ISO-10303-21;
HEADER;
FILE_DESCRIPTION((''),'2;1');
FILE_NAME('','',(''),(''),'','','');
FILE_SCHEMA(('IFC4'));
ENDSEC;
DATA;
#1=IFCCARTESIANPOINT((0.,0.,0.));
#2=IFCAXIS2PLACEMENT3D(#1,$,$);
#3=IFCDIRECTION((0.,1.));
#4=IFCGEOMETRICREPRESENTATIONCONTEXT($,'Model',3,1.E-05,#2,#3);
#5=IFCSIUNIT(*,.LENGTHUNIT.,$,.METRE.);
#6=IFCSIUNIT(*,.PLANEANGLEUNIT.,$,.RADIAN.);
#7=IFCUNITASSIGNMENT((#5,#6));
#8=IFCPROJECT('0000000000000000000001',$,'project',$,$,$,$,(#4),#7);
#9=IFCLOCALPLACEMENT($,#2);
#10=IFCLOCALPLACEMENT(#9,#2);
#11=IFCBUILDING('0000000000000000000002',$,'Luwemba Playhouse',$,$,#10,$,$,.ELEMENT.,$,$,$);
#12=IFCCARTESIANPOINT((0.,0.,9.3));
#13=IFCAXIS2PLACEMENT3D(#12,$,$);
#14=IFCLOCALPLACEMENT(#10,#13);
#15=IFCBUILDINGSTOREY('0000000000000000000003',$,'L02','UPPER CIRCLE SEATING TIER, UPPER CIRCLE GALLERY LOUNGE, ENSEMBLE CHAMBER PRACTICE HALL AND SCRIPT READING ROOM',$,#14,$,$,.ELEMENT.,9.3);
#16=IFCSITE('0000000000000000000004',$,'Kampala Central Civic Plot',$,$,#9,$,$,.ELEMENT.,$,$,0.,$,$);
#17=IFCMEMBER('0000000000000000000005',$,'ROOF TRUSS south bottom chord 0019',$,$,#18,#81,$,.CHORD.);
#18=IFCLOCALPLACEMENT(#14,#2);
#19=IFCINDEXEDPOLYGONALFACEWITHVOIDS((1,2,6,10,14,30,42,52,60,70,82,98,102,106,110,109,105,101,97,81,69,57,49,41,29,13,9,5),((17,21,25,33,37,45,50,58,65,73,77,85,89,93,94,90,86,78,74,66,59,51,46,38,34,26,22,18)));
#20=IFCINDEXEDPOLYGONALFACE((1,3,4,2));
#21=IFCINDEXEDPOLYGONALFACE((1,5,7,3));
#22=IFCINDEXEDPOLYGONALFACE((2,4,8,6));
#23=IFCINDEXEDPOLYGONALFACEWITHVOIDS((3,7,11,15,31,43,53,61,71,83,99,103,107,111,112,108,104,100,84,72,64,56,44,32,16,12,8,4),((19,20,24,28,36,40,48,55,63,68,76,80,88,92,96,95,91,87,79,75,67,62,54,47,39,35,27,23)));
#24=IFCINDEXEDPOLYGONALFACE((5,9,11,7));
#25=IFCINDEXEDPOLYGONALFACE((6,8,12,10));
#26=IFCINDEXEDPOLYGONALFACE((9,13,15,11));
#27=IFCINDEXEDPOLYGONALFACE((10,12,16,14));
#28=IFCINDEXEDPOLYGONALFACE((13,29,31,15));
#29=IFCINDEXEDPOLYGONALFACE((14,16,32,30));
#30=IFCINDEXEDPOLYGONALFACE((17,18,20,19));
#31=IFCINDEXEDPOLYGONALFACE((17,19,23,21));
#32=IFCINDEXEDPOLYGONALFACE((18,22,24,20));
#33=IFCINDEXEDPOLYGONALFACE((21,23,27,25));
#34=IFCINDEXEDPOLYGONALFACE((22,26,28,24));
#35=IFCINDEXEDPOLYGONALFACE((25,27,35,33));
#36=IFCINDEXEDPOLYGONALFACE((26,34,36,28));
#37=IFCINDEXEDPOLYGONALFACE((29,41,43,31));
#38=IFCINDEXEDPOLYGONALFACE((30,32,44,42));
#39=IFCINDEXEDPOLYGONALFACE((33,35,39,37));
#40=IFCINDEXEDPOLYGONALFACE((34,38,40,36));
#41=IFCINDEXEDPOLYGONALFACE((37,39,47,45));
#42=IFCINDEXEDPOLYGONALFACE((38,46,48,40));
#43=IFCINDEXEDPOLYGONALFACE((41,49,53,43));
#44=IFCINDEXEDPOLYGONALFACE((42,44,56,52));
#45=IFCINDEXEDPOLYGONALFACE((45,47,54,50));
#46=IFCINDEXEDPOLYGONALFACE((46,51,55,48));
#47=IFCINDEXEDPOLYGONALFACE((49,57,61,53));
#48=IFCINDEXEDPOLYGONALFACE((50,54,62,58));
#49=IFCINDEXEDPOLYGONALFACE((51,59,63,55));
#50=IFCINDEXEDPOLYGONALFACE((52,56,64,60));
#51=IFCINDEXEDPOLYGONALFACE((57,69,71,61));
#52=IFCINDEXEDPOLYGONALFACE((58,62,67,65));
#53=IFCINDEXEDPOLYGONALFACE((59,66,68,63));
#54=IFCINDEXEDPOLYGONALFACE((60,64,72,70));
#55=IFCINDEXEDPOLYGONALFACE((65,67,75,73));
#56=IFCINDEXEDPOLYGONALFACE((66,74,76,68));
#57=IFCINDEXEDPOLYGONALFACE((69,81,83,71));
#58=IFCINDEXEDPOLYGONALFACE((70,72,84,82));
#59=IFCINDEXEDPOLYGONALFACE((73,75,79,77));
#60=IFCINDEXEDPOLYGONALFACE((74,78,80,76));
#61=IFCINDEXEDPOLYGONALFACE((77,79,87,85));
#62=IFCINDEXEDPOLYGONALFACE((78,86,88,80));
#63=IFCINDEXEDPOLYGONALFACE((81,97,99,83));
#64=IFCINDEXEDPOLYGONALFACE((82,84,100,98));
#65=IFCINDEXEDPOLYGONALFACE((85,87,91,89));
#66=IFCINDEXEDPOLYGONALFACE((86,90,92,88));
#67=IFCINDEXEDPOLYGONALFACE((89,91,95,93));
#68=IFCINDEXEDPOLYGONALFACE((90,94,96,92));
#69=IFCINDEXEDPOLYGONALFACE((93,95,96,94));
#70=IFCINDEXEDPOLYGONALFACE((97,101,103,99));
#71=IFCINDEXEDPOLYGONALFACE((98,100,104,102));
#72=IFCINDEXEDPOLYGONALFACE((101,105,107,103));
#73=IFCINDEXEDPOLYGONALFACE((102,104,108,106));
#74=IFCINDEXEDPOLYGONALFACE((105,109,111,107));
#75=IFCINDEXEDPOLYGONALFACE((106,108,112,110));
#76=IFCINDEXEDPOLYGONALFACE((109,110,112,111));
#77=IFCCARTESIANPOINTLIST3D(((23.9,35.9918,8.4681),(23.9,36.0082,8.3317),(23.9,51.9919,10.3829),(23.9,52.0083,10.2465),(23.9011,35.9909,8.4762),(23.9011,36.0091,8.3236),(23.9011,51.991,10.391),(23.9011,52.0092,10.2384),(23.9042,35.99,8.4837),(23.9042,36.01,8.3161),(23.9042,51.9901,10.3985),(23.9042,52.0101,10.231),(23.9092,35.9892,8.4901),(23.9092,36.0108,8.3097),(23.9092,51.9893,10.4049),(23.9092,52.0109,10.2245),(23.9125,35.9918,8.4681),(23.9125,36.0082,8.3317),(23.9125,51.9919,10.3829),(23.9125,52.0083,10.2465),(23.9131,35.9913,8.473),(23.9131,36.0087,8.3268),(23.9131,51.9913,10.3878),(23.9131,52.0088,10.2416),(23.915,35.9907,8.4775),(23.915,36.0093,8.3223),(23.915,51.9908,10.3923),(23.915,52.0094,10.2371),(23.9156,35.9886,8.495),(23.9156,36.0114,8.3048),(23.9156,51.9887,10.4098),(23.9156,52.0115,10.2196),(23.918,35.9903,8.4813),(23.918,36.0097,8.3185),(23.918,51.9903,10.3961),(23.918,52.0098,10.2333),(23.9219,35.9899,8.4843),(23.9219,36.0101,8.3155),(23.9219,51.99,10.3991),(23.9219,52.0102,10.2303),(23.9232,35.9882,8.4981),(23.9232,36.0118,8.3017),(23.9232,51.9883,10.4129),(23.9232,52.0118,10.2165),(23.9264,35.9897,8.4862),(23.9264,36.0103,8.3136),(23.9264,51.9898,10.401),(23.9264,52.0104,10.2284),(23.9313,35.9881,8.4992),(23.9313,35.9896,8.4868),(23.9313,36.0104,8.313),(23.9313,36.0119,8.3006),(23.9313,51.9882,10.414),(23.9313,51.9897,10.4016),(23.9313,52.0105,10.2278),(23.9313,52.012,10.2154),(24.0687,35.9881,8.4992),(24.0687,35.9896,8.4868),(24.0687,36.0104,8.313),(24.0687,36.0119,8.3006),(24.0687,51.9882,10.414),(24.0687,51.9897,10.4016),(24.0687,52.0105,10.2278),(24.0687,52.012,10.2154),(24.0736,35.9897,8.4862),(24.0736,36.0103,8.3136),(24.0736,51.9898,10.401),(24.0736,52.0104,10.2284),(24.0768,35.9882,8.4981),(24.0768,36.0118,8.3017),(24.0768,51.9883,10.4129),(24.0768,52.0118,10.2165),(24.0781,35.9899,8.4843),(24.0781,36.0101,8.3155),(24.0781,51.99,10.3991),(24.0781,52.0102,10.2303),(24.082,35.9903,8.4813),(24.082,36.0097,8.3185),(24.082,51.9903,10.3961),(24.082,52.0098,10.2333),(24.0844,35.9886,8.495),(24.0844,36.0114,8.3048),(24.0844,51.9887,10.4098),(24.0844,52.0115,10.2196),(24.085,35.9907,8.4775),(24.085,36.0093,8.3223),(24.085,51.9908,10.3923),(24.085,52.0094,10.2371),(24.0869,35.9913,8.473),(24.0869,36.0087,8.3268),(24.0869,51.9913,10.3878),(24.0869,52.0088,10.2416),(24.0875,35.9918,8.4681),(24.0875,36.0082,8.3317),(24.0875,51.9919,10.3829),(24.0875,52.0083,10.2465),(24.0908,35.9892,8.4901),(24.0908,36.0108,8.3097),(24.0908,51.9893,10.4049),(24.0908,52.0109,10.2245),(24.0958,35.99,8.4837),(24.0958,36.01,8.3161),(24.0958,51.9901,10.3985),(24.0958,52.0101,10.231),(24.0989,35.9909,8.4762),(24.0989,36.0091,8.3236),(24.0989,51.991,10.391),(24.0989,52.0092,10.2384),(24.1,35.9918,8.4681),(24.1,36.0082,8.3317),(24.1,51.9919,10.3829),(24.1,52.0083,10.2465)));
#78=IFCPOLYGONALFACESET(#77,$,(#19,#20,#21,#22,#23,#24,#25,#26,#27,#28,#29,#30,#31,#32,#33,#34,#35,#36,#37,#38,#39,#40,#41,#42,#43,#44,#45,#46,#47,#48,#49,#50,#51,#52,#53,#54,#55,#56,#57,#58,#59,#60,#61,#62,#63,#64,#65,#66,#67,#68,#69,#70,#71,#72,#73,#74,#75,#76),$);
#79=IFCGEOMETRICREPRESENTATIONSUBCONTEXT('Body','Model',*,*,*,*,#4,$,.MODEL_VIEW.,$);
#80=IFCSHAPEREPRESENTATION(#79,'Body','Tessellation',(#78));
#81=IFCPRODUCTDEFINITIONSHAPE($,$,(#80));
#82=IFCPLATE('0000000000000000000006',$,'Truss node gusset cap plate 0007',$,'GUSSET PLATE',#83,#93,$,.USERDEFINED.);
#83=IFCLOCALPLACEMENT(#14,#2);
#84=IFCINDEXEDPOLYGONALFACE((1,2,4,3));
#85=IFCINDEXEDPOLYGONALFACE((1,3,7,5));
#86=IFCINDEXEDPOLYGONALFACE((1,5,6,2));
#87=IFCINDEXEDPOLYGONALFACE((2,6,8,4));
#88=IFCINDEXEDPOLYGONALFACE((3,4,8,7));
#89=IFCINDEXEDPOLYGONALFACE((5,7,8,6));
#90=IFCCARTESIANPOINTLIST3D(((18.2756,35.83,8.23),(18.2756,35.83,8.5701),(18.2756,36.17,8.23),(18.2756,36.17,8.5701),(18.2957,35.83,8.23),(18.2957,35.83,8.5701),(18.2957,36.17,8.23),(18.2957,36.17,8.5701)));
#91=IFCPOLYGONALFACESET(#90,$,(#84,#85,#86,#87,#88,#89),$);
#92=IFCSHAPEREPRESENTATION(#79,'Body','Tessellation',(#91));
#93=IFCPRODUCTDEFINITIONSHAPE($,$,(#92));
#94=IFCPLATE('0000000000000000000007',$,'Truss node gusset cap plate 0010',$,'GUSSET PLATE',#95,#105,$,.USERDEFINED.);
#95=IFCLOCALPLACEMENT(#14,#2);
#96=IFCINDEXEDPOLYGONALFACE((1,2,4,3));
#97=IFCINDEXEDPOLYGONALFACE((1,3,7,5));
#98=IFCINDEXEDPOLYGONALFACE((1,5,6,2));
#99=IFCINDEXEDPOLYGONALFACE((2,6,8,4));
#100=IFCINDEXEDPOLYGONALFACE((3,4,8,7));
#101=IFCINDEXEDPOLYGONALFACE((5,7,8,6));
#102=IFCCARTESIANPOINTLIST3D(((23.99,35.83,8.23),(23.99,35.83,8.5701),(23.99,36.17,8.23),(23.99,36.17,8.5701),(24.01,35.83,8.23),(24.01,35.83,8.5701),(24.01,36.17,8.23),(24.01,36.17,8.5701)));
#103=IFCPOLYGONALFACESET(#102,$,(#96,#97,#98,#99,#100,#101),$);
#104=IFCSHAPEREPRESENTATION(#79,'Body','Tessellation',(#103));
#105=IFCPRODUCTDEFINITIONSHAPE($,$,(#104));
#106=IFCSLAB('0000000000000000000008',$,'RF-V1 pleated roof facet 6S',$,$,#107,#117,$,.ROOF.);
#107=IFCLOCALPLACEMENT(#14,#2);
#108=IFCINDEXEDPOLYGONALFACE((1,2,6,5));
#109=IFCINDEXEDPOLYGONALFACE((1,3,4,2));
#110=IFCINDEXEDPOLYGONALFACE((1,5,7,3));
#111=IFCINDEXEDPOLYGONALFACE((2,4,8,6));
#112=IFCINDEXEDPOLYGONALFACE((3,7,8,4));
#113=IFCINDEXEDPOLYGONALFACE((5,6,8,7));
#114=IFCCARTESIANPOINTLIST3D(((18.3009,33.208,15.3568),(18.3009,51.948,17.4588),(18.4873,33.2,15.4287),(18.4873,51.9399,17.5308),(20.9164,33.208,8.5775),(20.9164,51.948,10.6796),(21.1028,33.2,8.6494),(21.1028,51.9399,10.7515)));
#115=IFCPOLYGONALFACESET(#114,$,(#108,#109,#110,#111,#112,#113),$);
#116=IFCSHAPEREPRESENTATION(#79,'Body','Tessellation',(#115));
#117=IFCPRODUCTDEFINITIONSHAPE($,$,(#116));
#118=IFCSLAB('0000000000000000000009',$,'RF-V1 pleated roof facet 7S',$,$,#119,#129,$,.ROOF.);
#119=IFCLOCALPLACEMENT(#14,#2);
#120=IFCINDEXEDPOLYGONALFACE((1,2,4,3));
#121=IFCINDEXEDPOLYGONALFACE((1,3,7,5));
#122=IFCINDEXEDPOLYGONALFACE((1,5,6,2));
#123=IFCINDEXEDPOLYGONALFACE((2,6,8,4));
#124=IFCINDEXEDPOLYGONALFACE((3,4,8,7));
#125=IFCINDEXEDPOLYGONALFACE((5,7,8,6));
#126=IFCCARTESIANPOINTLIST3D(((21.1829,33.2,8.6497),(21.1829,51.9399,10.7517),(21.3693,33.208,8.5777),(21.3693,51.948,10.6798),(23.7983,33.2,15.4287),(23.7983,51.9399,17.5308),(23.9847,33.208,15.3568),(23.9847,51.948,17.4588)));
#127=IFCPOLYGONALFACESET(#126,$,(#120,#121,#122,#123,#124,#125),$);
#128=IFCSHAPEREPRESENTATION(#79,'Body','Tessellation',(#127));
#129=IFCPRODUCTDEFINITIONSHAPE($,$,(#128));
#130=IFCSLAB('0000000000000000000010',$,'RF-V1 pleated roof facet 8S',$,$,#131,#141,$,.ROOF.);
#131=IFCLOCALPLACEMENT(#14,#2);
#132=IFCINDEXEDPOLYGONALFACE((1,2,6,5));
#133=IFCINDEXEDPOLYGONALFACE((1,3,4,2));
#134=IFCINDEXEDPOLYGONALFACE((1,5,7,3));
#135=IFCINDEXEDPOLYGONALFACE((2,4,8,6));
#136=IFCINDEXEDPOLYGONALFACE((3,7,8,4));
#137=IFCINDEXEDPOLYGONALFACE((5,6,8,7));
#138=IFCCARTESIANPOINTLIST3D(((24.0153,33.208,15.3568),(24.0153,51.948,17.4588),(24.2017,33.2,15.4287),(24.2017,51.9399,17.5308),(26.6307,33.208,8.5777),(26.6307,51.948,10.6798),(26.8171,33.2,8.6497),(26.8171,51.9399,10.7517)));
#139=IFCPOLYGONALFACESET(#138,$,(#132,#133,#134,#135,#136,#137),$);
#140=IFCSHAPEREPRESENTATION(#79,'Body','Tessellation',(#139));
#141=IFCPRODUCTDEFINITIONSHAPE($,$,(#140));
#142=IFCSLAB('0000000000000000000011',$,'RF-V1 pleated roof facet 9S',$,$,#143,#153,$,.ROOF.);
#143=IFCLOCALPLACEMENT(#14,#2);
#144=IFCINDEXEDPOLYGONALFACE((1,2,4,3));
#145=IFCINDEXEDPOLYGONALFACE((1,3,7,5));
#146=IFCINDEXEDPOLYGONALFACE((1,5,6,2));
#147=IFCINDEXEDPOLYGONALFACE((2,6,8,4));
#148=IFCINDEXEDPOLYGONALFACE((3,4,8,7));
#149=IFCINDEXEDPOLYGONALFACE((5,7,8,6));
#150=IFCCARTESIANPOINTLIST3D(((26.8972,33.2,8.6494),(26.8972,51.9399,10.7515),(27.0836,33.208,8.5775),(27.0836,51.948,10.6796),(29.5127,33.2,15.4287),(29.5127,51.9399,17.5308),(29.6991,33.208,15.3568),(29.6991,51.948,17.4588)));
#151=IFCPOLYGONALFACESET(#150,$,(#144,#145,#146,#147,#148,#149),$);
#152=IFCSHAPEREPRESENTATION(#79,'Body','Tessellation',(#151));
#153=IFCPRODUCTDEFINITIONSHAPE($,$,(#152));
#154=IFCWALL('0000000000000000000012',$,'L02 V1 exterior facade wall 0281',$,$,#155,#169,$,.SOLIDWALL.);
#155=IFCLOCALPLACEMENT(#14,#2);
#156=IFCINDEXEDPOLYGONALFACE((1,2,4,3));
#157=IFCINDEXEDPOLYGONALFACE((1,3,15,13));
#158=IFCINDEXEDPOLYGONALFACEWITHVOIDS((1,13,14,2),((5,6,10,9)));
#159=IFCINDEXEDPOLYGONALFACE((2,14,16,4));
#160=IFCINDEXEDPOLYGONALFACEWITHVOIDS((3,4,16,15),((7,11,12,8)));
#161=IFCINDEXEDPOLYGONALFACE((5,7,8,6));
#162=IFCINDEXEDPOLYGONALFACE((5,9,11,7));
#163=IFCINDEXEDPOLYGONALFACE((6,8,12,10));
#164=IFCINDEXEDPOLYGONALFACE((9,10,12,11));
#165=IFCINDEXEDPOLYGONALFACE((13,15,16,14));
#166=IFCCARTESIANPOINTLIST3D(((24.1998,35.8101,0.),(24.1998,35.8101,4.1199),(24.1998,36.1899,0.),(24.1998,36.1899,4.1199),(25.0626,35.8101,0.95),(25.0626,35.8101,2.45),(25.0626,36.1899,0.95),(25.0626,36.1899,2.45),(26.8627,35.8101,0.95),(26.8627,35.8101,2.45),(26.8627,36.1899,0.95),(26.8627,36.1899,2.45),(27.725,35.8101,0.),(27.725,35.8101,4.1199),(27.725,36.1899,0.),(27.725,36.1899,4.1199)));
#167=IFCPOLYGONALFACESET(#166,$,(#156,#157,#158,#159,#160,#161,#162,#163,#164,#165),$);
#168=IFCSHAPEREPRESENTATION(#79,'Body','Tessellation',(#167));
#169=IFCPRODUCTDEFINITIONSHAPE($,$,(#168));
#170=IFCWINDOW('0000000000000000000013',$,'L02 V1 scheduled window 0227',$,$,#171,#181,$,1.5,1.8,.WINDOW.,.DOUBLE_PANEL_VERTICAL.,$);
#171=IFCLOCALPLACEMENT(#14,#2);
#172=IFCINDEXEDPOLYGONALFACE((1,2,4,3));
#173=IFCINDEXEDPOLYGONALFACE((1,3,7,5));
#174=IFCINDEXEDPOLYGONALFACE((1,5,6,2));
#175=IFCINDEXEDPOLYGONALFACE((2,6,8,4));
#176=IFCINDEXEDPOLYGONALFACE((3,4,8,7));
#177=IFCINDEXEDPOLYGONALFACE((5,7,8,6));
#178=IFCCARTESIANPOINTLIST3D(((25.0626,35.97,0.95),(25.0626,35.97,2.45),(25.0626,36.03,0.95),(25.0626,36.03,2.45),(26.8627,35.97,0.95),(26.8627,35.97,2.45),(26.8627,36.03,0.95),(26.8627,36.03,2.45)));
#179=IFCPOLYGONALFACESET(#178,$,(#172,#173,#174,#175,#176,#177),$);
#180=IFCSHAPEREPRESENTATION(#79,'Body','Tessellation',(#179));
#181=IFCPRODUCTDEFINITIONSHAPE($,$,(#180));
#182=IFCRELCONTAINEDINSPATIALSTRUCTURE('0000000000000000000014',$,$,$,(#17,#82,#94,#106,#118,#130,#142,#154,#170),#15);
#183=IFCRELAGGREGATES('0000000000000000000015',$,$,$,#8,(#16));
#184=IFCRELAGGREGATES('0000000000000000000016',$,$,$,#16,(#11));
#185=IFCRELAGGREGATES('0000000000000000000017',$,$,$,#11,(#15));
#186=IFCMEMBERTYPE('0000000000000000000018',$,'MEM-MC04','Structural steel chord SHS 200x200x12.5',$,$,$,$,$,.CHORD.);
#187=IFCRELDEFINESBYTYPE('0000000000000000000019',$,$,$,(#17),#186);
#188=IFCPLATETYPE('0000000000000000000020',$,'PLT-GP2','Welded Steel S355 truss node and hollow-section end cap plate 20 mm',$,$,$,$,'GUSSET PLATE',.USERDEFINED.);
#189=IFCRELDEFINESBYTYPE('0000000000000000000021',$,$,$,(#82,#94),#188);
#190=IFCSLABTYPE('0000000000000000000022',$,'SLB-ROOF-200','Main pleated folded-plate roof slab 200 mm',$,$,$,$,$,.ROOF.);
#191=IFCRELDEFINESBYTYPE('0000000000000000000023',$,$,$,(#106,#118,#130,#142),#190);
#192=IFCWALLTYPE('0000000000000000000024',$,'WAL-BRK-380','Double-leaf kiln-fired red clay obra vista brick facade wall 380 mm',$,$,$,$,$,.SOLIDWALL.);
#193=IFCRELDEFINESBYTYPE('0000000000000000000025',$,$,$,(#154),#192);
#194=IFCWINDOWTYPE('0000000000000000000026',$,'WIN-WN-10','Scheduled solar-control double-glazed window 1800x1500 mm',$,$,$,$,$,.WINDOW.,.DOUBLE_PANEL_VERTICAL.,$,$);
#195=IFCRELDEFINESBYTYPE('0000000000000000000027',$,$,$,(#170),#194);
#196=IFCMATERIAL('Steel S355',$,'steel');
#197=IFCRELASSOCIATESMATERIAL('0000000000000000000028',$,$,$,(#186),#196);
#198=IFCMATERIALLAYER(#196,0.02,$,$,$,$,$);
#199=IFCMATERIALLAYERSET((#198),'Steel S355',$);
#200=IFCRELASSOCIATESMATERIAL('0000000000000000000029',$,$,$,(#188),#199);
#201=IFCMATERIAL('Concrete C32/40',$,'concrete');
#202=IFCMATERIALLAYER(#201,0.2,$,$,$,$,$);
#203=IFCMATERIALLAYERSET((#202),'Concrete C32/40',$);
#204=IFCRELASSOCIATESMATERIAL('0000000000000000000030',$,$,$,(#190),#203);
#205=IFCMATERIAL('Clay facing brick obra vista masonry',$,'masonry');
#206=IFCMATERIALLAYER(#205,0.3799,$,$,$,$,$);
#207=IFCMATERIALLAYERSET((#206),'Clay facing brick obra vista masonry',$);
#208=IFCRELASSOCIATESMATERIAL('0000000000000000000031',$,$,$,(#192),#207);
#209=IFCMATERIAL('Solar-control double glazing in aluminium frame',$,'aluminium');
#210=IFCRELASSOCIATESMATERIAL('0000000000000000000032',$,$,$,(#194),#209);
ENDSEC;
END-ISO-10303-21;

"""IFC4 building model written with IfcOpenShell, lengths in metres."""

from ifc_helpers import new_model, si_unit, direction, frame, frame_2d, origin, origin_2d, place, context, subcontext, project, spatial, polyline, rectangle, hollow_rectangle, outline, extrude, material, layer, layer_set, material_profile, profile_set, type_object, element, fill, save


model = new_model("IFC4")

# Units and contexts
model_context = context("Model", 3, precision=1e-05, world=origin(), true_north=direction((0.0, 1.0)))
body_context = subcontext(model_context, "Body", "Model", "MODEL_VIEW")
ifc_project = project(units=[si_unit("LENGTHUNIT", "METRE"), si_unit("PLANEANGLEUNIT", "RADIAN")], contexts=[model_context])

# Site, building, storey
site_placement = place(None, origin())
site = spatial("IfcSite", under=ifc_project, at=site_placement, Name="Kampala Central Civic Plot", CompositionType="ELEMENT", RefElevation=0.0)
building_placement = place(site_placement, origin())
building = spatial("IfcBuilding", under=site, at=building_placement, Name="Luwemba Playhouse", CompositionType="ELEMENT")
storey_placement = place(building_placement, frame((0.0, 0.0, 9.3)))
storey = spatial("IfcBuildingStorey", under=building, at=storey_placement, Name="L02", Description="UPPER CIRCLE SEATING TIER, UPPER CIRCLE GALLERY LOUNGE, ENSEMBLE CHAMBER PRACTICE HALL AND SCRIPT READING ROOM", CompositionType="ELEMENT", Elevation=9.3)

# Shared definitions
ifc_material_1 = material(Name="Steel S355", Category="steel")

# Member
ifc_material_profile_1 = material_profile(ifc_material_1, hollow_rectangle(XDim=0.2, YDim=0.2, WallThickness=0.0125, InnerFilletRadius=0.0188, OuterFilletRadius=0.0312, at=origin_2d()))
ifc_profile_set_1 = profile_set([ifc_material_profile_1], Name="Steel S355")
member_type_1 = type_object("IfcMemberType", Name="MEM-MC04", Description="Structural steel chord SHS 200x200x12.5", PredefinedType="CHORD", material=ifc_profile_set_1)
member_1_placement = place(storey_placement, frame((24.0, 36.0, 8.3999), z_axis=(0.0, 0.992915, 0.118827), x_axis=(-1.0, 0.0, 0.0)))
element("IfcMember", 1, at=member_1_placement, inside=storey, type_object=member_type_1, Name="ROOF TRUSS south bottom chord 0019", PredefinedType="CHORD", context=body_context, shape_type="SweptSolid", body=[
    extrude(hollow_rectangle(XDim=0.2, YDim=0.2, WallThickness=0.0125, InnerFilletRadius=0.0188, OuterFilletRadius=0.0312, at=origin_2d()), origin(), (0.0, 0.0, 1.0), 16.1143),
])

# Plates
ifc_layer_1 = layer(ifc_material_1, 0.02)
ifc_layer_set_1 = layer_set([ifc_layer_1], Name="Steel S355")
plate_type = type_object("IfcPlateType", Name="PLT-GP2", Description="Welded Steel S355 truss node and hollow-section end cap plate 20 mm", ElementType="GUSSET PLATE", PredefinedType="USERDEFINED", material=ifc_layer_set_1)
for number, where, z_axis, x_axis, name in (
    (2, (18.2856, 36.0, 8.23), (0.0, 0.0, 1.0), (1.0, 0.0, 0.0), "Truss node gusset cap plate 0007"),
    (3, (24.0, 36.0, 8.23), (0.0, 0.0, 1.0), (1.0, 0.0, 0.0), "Truss node gusset cap plate 0010"),
):
    element("IfcPlate", number, at=place(storey_placement, frame(where, z_axis=z_axis, x_axis=x_axis)), inside=storey, type_object=plate_type, Name=name, ObjectType="GUSSET PLATE", PredefinedType="USERDEFINED", context=body_context, shape_type="SweptSolid", body=[
        extrude(rectangle(XDim=0.02, YDim=0.3401, at=origin_2d()), origin(), (0.0, 0.0, 1.0), 0.3401),
    ])

# Slabs
ifc_material_2 = material(Name="Concrete C32/40", Category="concrete")
ifc_layer_2 = layer(ifc_material_2, 0.2)
ifc_layer_set_2 = layer_set([ifc_layer_2], Name="Concrete C32/40")
slab_type = type_object("IfcSlabType", Name="SLB-ROOF-200", Description="Main pleated folded-plate roof slab 200 mm", PredefinedType="ROOF", material=ifc_layer_set_2)
slab_1_placement = place(storey_placement, frame((18.4873, 33.2, 15.4287), z_axis=(0.932214, -0.040342, 0.359652), x_axis=(0.359945, 0.0, -0.932974)))
element("IfcSlab", 4, at=slab_1_placement, inside=storey, type_object=slab_type, Name="RF-V1 pleated roof facet 6S", PredefinedType="ROOF", context=body_context, shape_type="SweptSolid", body=[
    extrude(outline(polyline([(0.0, 0.0), (7.2663, 0.0), (5.3052, 18.7553), (-1.9612, 18.7553), (0.0, 0.0)])), origin(), (0.0, 0.0, -1.0), 0.2),
])
slab_2_placement = place(storey_placement, frame((21.1829, 33.2, 8.6497), z_axis=(-0.93221, -0.040343, 0.359663), x_axis=(0.359956, 0.0, 0.932969)))
element("IfcSlab", 5, at=slab_2_placement, inside=storey, type_object=slab_type, Name="RF-V1 pleated roof facet 7S", PredefinedType="ROOF", context=body_context, shape_type="SweptSolid", body=[
    extrude(outline(polyline([(0.0, 0.0), (7.2661, 0.0), (9.2273, 18.7553), (1.9611, 18.7553), (0.0, 0.0)])), origin(), (0.0, 0.0, -1.0), 0.2),
])
slab_3_placement = place(storey_placement, frame((24.2017, 33.2, 15.4287), z_axis=(0.93221, -0.040343, 0.359663), x_axis=(0.359956, 0.0, -0.932969)))
element("IfcSlab", 6, at=slab_3_placement, inside=storey, type_object=slab_type, Name="RF-V1 pleated roof facet 8S", PredefinedType="ROOF", context=body_context, shape_type="SweptSolid", body=[
    extrude(outline(polyline([(0.0, 0.0), (7.2661, 0.0), (5.305, 18.7553), (-1.9611, 18.7553), (0.0, 0.0)])), origin(), (0.0, 0.0, -1.0), 0.2),
])
slab_4_placement = place(storey_placement, frame((26.8972, 33.2, 8.6494), z_axis=(-0.932214, -0.040342, 0.359652), x_axis=(0.359945, 0.0, 0.932974)))
element("IfcSlab", 7, at=slab_4_placement, inside=storey, type_object=slab_type, Name="RF-V1 pleated roof facet 9S", PredefinedType="ROOF", context=body_context, shape_type="SweptSolid", body=[
    extrude(outline(polyline([(0.0, 0.0), (7.2663, 0.0), (9.2275, 18.7553), (1.9612, 18.7553), (0.0, 0.0)])), origin(), (0.0, 0.0, -1.0), 0.2),
])

# Wall, opening, window
ifc_material_3 = material(Name="Clay facing brick obra vista masonry", Category="masonry")
ifc_layer_3 = layer(ifc_material_3, 0.3799)
ifc_layer_set_3 = layer_set([ifc_layer_3], Name="Clay facing brick obra vista masonry")
wall_type_1 = type_object("IfcWallType", Name="WAL-BRK-380", Description="Double-leaf kiln-fired red clay obra vista brick facade wall 380 mm", PredefinedType="SOLIDWALL", material=ifc_layer_set_3)
wall_1_placement = place(storey_placement, frame((27.7251, 36.0, 0.0), z_axis=(0.0, 0.0, 1.0), x_axis=(-1.0, 0.0, 0.0)))
wall_1 = element("IfcWall", 8, at=wall_1_placement, inside=storey, type_object=wall_type_1, Name="L02 V1 exterior facade wall 0281", PredefinedType="SOLIDWALL", context=body_context, shape_type="SweptSolid", body=[
    extrude(rectangle(XDim=3.5251, YDim=0.3799, at=frame_2d((1.7627, 0.0))), origin(), (0.0, 0.0, 1.0), 4.1199),
])
opening_1_placement = place(wall_1_placement, frame((0.8625, 0.0, 0.95)))
opening_1 = element("IfcOpeningElement", 9, at=opening_1_placement, cuts=wall_1, PredefinedType="OPENING", context=body_context, shape_type="SweptSolid", body=[
    extrude(rectangle(XDim=1.8, YDim=1.5, at=frame_2d((0.8999, 0.75))), frame((0.0, 0.2, 0.0), z_axis=(0.0, -1.0, 0.0), x_axis=(1.0, 0.0, 0.0)), (0.0, 0.0, 1.0), 0.3999),
])
ifc_material_4 = material(Name="Solar-control double glazing in aluminium frame", Category="aluminium")
window_type_1 = type_object("IfcWindowType", Name="WIN-WN-10", Description="Scheduled solar-control double-glazed window 1800x1500 mm", PartitioningType="DOUBLE_PANEL_VERTICAL", PredefinedType="WINDOW", material=ifc_material_4)
window_1_placement = place(opening_1_placement, origin())
window_1 = element("IfcWindow", 10, at=window_1_placement, inside=storey, type_object=window_type_1, Name="L02 V1 scheduled window 0227", OverallHeight=1.5, OverallWidth=1.8, PartitioningType="DOUBLE_PANEL_VERTICAL", PredefinedType="WINDOW", context=body_context, shape_type="SweptSolid", body=[
    extrude(rectangle(XDim=1.8, YDim=1.5, at=frame_2d((0.8999, 0.75))), frame((0.0, 0.03, 0.0), z_axis=(0.0, -1.0, 0.0), x_axis=(1.0, 0.0, 0.0)), (0.0, 0.0, 1.0), 0.0601),
])
fill(opening_1, window_1)

save(model, "model.ifc")
